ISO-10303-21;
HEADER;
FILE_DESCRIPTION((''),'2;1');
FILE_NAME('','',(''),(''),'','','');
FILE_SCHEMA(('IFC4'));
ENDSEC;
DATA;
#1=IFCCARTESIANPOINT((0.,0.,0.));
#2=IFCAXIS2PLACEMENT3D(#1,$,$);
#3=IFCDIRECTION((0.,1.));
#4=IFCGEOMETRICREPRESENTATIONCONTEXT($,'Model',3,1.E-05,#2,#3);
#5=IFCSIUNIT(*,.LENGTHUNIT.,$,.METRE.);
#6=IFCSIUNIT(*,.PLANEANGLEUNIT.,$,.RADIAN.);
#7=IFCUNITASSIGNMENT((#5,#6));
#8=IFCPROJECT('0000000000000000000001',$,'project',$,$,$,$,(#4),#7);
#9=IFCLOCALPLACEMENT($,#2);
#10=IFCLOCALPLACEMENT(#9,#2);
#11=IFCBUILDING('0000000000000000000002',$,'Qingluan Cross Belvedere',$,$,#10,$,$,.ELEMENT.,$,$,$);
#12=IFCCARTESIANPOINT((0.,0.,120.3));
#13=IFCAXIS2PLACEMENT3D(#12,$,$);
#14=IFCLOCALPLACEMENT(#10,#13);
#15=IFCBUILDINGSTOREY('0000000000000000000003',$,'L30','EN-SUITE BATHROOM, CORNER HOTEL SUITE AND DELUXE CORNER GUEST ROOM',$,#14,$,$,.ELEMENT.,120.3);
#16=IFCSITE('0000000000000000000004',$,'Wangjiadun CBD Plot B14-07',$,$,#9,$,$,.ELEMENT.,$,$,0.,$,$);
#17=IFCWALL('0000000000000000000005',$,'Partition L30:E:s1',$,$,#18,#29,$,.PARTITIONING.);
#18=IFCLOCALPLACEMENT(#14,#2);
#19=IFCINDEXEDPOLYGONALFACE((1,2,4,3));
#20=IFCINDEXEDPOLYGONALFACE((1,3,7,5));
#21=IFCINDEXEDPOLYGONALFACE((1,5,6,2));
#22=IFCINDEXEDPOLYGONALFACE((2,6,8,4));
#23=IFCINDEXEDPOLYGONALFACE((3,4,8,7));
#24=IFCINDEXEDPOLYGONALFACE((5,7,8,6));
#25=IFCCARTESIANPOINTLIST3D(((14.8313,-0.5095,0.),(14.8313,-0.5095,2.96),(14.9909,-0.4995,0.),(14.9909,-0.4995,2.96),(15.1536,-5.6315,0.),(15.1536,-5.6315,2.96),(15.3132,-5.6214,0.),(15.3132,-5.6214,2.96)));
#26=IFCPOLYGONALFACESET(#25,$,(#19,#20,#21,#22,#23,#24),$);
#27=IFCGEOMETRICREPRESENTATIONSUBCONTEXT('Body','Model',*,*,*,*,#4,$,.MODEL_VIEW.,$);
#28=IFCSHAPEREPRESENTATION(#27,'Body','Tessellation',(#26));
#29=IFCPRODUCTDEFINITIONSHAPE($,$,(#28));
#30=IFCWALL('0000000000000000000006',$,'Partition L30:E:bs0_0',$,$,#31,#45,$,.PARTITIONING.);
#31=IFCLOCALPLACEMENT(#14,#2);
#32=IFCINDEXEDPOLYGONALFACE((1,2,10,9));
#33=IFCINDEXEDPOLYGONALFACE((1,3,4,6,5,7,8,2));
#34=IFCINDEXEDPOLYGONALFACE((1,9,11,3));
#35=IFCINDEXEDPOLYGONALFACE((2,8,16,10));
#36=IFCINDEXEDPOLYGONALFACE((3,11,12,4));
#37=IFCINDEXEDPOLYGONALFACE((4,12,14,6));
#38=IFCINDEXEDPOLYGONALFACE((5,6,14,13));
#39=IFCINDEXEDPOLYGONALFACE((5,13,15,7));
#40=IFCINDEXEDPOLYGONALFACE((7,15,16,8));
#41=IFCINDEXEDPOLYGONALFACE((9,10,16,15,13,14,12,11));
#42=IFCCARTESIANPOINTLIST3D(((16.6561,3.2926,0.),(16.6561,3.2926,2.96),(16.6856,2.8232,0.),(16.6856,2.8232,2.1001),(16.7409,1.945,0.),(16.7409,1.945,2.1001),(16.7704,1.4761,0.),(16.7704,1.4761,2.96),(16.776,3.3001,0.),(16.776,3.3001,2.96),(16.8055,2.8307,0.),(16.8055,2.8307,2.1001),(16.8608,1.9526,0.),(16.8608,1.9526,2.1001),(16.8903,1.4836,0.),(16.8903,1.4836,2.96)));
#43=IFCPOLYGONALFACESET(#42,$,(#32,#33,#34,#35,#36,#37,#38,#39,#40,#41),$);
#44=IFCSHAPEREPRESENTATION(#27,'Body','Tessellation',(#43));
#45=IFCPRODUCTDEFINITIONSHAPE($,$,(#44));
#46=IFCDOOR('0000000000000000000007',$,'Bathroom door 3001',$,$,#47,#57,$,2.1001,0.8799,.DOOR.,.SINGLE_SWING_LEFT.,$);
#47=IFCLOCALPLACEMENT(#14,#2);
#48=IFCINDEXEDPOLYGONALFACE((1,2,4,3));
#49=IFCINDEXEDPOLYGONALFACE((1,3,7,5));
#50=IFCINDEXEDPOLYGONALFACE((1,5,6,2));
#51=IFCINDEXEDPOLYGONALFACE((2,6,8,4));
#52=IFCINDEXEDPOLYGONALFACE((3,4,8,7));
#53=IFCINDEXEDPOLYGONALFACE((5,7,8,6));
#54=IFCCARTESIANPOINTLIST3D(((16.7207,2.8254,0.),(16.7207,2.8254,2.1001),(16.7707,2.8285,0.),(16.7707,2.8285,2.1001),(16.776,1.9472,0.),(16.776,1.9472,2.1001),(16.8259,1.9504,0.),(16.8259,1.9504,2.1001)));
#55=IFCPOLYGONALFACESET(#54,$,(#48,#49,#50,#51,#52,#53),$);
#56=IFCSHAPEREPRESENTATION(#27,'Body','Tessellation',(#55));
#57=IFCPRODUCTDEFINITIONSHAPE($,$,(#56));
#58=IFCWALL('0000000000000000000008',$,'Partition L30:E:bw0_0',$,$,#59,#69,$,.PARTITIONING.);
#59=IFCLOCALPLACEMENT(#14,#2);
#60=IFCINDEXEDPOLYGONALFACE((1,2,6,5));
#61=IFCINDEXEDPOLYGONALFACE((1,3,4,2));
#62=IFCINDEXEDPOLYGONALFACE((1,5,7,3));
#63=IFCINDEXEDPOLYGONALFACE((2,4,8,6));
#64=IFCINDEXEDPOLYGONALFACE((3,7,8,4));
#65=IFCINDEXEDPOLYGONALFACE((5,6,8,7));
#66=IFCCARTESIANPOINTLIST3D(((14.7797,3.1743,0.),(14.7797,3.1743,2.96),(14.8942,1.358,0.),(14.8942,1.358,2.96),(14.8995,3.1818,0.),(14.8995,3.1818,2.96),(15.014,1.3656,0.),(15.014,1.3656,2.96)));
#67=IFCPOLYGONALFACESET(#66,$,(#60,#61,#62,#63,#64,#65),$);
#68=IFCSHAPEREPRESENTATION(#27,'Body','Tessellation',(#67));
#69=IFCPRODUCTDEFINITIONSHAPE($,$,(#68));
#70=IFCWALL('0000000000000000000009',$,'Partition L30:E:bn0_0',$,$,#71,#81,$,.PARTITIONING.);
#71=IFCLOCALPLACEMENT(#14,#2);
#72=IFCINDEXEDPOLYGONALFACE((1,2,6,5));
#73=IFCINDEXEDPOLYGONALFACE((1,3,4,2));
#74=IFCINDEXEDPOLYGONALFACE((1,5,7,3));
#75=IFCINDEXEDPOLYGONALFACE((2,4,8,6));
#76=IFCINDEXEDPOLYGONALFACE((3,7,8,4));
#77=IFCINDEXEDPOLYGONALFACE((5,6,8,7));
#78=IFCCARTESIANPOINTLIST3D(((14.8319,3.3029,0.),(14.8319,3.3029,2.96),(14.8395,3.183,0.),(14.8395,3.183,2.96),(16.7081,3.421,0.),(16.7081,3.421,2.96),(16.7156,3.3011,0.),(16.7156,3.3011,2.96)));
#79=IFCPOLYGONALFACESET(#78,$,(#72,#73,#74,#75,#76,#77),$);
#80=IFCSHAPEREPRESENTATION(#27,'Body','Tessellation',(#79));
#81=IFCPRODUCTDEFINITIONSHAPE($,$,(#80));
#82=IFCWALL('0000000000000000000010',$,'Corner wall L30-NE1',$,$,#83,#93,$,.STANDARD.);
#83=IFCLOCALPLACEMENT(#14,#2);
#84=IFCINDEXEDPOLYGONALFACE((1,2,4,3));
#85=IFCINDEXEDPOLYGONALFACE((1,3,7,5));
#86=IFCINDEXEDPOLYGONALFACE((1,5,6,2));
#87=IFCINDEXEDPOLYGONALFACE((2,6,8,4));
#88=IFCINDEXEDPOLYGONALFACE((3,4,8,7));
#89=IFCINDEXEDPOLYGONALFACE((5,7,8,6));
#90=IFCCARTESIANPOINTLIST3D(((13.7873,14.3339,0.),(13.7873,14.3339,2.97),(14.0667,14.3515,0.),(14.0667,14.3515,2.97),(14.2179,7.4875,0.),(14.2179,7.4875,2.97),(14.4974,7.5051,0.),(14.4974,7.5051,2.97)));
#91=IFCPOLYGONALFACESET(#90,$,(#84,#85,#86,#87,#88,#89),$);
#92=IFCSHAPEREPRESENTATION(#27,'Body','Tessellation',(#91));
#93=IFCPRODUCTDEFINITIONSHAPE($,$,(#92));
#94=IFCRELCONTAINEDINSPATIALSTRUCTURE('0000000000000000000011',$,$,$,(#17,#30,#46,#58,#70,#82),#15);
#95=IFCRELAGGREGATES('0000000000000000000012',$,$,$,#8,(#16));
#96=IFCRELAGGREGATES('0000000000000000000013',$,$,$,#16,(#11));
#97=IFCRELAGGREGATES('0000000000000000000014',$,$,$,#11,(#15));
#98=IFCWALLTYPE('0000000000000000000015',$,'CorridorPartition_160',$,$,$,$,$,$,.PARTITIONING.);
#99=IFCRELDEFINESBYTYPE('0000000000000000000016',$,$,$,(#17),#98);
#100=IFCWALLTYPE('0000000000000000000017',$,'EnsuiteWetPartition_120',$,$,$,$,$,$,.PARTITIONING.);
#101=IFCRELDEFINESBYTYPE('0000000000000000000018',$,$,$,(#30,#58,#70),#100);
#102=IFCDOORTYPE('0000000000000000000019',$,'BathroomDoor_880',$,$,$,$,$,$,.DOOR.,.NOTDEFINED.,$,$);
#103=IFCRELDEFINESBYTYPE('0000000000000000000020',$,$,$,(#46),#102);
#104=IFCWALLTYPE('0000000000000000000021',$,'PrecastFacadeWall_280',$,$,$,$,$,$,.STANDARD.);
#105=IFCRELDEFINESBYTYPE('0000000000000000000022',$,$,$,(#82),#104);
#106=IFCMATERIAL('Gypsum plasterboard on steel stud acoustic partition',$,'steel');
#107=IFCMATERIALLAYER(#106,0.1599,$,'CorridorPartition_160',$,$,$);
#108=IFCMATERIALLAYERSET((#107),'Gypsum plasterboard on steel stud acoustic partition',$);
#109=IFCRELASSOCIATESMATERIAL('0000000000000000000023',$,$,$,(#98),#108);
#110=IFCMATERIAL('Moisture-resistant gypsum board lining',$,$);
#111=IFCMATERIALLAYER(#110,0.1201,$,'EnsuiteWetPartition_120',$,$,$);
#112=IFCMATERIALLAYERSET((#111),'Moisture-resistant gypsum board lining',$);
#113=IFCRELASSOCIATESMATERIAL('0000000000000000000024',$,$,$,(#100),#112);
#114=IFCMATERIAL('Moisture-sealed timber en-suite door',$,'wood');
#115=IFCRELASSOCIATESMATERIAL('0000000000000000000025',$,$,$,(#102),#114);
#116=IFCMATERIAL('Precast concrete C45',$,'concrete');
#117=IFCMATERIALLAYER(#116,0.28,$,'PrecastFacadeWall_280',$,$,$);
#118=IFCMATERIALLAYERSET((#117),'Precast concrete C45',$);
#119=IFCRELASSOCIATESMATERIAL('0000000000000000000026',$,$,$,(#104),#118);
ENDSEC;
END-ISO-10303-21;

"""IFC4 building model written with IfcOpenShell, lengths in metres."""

from ifc_helpers import new_model, si_unit, direction, frame, frame_2d, origin, place, context, subcontext, project, spatial, rectangle, extrude, material, layer, layer_set, type_object, element, fill, save


model = new_model("IFC4")

# Units and contexts
model_context = context("Model", 3, precision=1e-05, world=origin(), true_north=direction((0.0, 1.0)))
body_context = subcontext(model_context, "Body", "Model", "MODEL_VIEW")
ifc_project = project(units=[si_unit("LENGTHUNIT", "METRE"), si_unit("PLANEANGLEUNIT", "RADIAN")], contexts=[model_context])

# Site, building, storey
site_placement = place(None, origin())
site = spatial("IfcSite", under=ifc_project, at=site_placement, Name="Wangjiadun CBD Plot B14-07", CompositionType="ELEMENT", RefElevation=0.0)
building_placement = place(site_placement, origin())
building = spatial("IfcBuilding", under=site, at=building_placement, Name="Qingluan Cross Belvedere", CompositionType="ELEMENT")
storey_placement = place(building_placement, frame((0.0, 0.0, 120.3)))
storey = spatial("IfcBuildingStorey", under=building, at=storey_placement, Name="L30", Description="EN-SUITE BATHROOM, CORNER HOTEL SUITE AND DELUXE CORNER GUEST ROOM", CompositionType="ELEMENT", Elevation=120.3)

# Shared definitions
ifc_material_1 = material(Name="Gypsum plasterboard on steel stud acoustic partition", Category="steel")
ifc_layer_1 = layer(ifc_material_1, 0.1599, Name="CorridorPartition_160")
ifc_layer_set_1 = layer_set([ifc_layer_1], Name="Gypsum plasterboard on steel stud acoustic partition")
wall_type_1 = type_object("IfcWallType", Name="CorridorPartition_160", PredefinedType="PARTITIONING", material=ifc_layer_set_1)

# Wall
wall_1_placement = place(storey_placement, frame((14.9111, -0.5046, 0.0), z_axis=(0.0, 0.0, 1.0), x_axis=(0.062793, -0.998027, 0.0)))
element("IfcWall", 1, at=wall_1_placement, inside=storey, type_object=wall_type_1, Name="Partition L30:E:s1", PredefinedType="PARTITIONING", context=body_context, shape_type="SweptSolid", body=[
    extrude(rectangle(XDim=5.1321, YDim=0.1599, at=frame_2d((2.5659, 0.0))), origin(), (0.0, 0.0, 1.0), 2.96),
])

# Wall, opening, door
ifc_material_2 = material(Name="Moisture-resistant gypsum board lining")
ifc_layer_2 = layer(ifc_material_2, 0.1201, Name="EnsuiteWetPartition_120")
ifc_layer_set_2 = layer_set([ifc_layer_2], Name="Moisture-resistant gypsum board lining")
wall_type_2 = type_object("IfcWallType", Name="EnsuiteWetPartition_120", PredefinedType="PARTITIONING", material=ifc_layer_set_2)
wall_2_placement = place(storey_placement, frame((16.8303, 1.4797, 0.0), z_axis=(0.0, 0.0, 1.0), x_axis=(-0.062779, 0.998027, 0.0)))
wall_2 = element("IfcWall", 2, at=wall_2_placement, inside=storey, type_object=wall_type_2, Name="Partition L30:E:bs0_0", PredefinedType="PARTITIONING", context=body_context, shape_type="SweptSolid", body=[
    extrude(rectangle(XDim=1.8201, YDim=0.1201, at=frame_2d((0.9102, 0.0))), origin(), (0.0, 0.0, 1.0), 2.96),
])
opening_1_placement = place(wall_2_placement, frame((0.47, 0.0, 0.0)))
opening_1 = element("IfcOpeningElement", 3, at=opening_1_placement, cuts=wall_2, PredefinedType="OPENING", context=body_context, shape_type="SweptSolid", body=[
    extrude(rectangle(XDim=0.8799, YDim=2.1001, at=frame_2d((0.4399, 1.05))), frame((0.0, 0.0701, 0.0), z_axis=(0.0, -1.0, 0.0), x_axis=(1.0, 0.0, 0.0)), (0.0, 0.0, 1.0), 0.1401),
])
ifc_material_3 = material(Name="Moisture-sealed timber en-suite door", Category="wood")
door_type_1 = type_object("IfcDoorType", Name="BathroomDoor_880", OperationType="NOTDEFINED", PredefinedType="DOOR", material=ifc_material_3)
door_1_placement = place(opening_1_placement, origin())
door_1 = element("IfcDoor", 4, at=door_1_placement, inside=storey, type_object=door_type_1, Name="Bathroom door 3001", OperationType="SINGLE_SWING_LEFT", OverallHeight=2.1001, OverallWidth=0.8799, PredefinedType="DOOR", context=body_context, shape_type="SweptSolid", body=[
    extrude(rectangle(XDim=0.8799, YDim=2.1001, at=frame_2d((0.4399, 1.05))), frame((0.0, 0.0249, 0.0), z_axis=(0.0, -1.0, 0.0), x_axis=(1.0, 0.0, 0.0)), (0.0, 0.0, 1.0), 0.05),
])
fill(opening_1, door_1)

# Walls
wall_3_placement = place(storey_placement, frame((14.9541, 1.3618, 0.0), z_axis=(0.0, 0.0, 1.0), x_axis=(-0.062921, 0.998018, 0.0)))
element("IfcWall", 5, at=wall_3_placement, inside=storey, type_object=wall_type_2, Name="Partition L30:E:bw0_0", PredefinedType="PARTITIONING", context=body_context, shape_type="SweptSolid", body=[
    extrude(rectangle(XDim=1.8198, YDim=0.1201, at=frame_2d((0.9099, 0.0))), origin(), (0.0, 0.0, 1.0), 2.96),
])
wall_4_placement = place(storey_placement, frame((14.8357, 3.2429, 0.0), z_axis=(0.0, 0.0, 1.0), x_axis=(0.998023, 0.062855, 0.0)))
element("IfcWall", 6, at=wall_4_placement, inside=storey, type_object=wall_type_2, Name="Partition L30:E:bn0_0", PredefinedType="PARTITIONING", context=body_context, shape_type="SweptSolid", body=[
    extrude(rectangle(XDim=1.8799, YDim=0.1201, at=frame_2d((0.9399, 0.0))), origin(), (0.0, 0.0, 1.0), 2.96),
])
ifc_material_4 = material(Name="Precast concrete C45", Category="concrete")
ifc_layer_3 = layer(ifc_material_4, 0.28, Name="PrecastFacadeWall_280")
ifc_layer_set_3 = layer_set([ifc_layer_3], Name="Precast concrete C45")
wall_type_3 = type_object("IfcWallType", Name="PrecastFacadeWall_280", PredefinedType="STANDARD", material=ifc_layer_set_3)
wall_5_placement = place(storey_placement, frame((14.3577, 7.4963, 0.0), z_axis=(0.0, 0.0, 1.0), x_axis=(-0.062779, 0.998027, 0.0)))
element("IfcWall", 7, at=wall_5_placement, inside=storey, type_object=wall_type_3, Name="Corner wall L30-NE1", PredefinedType="STANDARD", context=body_context, shape_type="SweptSolid", body=[
    extrude(rectangle(XDim=6.8599, YDim=0.28, at=frame_2d((3.4299, 0.0))), origin(), (0.0, 0.0, 1.0), 2.97),
])

save(model, "model.ifc")
